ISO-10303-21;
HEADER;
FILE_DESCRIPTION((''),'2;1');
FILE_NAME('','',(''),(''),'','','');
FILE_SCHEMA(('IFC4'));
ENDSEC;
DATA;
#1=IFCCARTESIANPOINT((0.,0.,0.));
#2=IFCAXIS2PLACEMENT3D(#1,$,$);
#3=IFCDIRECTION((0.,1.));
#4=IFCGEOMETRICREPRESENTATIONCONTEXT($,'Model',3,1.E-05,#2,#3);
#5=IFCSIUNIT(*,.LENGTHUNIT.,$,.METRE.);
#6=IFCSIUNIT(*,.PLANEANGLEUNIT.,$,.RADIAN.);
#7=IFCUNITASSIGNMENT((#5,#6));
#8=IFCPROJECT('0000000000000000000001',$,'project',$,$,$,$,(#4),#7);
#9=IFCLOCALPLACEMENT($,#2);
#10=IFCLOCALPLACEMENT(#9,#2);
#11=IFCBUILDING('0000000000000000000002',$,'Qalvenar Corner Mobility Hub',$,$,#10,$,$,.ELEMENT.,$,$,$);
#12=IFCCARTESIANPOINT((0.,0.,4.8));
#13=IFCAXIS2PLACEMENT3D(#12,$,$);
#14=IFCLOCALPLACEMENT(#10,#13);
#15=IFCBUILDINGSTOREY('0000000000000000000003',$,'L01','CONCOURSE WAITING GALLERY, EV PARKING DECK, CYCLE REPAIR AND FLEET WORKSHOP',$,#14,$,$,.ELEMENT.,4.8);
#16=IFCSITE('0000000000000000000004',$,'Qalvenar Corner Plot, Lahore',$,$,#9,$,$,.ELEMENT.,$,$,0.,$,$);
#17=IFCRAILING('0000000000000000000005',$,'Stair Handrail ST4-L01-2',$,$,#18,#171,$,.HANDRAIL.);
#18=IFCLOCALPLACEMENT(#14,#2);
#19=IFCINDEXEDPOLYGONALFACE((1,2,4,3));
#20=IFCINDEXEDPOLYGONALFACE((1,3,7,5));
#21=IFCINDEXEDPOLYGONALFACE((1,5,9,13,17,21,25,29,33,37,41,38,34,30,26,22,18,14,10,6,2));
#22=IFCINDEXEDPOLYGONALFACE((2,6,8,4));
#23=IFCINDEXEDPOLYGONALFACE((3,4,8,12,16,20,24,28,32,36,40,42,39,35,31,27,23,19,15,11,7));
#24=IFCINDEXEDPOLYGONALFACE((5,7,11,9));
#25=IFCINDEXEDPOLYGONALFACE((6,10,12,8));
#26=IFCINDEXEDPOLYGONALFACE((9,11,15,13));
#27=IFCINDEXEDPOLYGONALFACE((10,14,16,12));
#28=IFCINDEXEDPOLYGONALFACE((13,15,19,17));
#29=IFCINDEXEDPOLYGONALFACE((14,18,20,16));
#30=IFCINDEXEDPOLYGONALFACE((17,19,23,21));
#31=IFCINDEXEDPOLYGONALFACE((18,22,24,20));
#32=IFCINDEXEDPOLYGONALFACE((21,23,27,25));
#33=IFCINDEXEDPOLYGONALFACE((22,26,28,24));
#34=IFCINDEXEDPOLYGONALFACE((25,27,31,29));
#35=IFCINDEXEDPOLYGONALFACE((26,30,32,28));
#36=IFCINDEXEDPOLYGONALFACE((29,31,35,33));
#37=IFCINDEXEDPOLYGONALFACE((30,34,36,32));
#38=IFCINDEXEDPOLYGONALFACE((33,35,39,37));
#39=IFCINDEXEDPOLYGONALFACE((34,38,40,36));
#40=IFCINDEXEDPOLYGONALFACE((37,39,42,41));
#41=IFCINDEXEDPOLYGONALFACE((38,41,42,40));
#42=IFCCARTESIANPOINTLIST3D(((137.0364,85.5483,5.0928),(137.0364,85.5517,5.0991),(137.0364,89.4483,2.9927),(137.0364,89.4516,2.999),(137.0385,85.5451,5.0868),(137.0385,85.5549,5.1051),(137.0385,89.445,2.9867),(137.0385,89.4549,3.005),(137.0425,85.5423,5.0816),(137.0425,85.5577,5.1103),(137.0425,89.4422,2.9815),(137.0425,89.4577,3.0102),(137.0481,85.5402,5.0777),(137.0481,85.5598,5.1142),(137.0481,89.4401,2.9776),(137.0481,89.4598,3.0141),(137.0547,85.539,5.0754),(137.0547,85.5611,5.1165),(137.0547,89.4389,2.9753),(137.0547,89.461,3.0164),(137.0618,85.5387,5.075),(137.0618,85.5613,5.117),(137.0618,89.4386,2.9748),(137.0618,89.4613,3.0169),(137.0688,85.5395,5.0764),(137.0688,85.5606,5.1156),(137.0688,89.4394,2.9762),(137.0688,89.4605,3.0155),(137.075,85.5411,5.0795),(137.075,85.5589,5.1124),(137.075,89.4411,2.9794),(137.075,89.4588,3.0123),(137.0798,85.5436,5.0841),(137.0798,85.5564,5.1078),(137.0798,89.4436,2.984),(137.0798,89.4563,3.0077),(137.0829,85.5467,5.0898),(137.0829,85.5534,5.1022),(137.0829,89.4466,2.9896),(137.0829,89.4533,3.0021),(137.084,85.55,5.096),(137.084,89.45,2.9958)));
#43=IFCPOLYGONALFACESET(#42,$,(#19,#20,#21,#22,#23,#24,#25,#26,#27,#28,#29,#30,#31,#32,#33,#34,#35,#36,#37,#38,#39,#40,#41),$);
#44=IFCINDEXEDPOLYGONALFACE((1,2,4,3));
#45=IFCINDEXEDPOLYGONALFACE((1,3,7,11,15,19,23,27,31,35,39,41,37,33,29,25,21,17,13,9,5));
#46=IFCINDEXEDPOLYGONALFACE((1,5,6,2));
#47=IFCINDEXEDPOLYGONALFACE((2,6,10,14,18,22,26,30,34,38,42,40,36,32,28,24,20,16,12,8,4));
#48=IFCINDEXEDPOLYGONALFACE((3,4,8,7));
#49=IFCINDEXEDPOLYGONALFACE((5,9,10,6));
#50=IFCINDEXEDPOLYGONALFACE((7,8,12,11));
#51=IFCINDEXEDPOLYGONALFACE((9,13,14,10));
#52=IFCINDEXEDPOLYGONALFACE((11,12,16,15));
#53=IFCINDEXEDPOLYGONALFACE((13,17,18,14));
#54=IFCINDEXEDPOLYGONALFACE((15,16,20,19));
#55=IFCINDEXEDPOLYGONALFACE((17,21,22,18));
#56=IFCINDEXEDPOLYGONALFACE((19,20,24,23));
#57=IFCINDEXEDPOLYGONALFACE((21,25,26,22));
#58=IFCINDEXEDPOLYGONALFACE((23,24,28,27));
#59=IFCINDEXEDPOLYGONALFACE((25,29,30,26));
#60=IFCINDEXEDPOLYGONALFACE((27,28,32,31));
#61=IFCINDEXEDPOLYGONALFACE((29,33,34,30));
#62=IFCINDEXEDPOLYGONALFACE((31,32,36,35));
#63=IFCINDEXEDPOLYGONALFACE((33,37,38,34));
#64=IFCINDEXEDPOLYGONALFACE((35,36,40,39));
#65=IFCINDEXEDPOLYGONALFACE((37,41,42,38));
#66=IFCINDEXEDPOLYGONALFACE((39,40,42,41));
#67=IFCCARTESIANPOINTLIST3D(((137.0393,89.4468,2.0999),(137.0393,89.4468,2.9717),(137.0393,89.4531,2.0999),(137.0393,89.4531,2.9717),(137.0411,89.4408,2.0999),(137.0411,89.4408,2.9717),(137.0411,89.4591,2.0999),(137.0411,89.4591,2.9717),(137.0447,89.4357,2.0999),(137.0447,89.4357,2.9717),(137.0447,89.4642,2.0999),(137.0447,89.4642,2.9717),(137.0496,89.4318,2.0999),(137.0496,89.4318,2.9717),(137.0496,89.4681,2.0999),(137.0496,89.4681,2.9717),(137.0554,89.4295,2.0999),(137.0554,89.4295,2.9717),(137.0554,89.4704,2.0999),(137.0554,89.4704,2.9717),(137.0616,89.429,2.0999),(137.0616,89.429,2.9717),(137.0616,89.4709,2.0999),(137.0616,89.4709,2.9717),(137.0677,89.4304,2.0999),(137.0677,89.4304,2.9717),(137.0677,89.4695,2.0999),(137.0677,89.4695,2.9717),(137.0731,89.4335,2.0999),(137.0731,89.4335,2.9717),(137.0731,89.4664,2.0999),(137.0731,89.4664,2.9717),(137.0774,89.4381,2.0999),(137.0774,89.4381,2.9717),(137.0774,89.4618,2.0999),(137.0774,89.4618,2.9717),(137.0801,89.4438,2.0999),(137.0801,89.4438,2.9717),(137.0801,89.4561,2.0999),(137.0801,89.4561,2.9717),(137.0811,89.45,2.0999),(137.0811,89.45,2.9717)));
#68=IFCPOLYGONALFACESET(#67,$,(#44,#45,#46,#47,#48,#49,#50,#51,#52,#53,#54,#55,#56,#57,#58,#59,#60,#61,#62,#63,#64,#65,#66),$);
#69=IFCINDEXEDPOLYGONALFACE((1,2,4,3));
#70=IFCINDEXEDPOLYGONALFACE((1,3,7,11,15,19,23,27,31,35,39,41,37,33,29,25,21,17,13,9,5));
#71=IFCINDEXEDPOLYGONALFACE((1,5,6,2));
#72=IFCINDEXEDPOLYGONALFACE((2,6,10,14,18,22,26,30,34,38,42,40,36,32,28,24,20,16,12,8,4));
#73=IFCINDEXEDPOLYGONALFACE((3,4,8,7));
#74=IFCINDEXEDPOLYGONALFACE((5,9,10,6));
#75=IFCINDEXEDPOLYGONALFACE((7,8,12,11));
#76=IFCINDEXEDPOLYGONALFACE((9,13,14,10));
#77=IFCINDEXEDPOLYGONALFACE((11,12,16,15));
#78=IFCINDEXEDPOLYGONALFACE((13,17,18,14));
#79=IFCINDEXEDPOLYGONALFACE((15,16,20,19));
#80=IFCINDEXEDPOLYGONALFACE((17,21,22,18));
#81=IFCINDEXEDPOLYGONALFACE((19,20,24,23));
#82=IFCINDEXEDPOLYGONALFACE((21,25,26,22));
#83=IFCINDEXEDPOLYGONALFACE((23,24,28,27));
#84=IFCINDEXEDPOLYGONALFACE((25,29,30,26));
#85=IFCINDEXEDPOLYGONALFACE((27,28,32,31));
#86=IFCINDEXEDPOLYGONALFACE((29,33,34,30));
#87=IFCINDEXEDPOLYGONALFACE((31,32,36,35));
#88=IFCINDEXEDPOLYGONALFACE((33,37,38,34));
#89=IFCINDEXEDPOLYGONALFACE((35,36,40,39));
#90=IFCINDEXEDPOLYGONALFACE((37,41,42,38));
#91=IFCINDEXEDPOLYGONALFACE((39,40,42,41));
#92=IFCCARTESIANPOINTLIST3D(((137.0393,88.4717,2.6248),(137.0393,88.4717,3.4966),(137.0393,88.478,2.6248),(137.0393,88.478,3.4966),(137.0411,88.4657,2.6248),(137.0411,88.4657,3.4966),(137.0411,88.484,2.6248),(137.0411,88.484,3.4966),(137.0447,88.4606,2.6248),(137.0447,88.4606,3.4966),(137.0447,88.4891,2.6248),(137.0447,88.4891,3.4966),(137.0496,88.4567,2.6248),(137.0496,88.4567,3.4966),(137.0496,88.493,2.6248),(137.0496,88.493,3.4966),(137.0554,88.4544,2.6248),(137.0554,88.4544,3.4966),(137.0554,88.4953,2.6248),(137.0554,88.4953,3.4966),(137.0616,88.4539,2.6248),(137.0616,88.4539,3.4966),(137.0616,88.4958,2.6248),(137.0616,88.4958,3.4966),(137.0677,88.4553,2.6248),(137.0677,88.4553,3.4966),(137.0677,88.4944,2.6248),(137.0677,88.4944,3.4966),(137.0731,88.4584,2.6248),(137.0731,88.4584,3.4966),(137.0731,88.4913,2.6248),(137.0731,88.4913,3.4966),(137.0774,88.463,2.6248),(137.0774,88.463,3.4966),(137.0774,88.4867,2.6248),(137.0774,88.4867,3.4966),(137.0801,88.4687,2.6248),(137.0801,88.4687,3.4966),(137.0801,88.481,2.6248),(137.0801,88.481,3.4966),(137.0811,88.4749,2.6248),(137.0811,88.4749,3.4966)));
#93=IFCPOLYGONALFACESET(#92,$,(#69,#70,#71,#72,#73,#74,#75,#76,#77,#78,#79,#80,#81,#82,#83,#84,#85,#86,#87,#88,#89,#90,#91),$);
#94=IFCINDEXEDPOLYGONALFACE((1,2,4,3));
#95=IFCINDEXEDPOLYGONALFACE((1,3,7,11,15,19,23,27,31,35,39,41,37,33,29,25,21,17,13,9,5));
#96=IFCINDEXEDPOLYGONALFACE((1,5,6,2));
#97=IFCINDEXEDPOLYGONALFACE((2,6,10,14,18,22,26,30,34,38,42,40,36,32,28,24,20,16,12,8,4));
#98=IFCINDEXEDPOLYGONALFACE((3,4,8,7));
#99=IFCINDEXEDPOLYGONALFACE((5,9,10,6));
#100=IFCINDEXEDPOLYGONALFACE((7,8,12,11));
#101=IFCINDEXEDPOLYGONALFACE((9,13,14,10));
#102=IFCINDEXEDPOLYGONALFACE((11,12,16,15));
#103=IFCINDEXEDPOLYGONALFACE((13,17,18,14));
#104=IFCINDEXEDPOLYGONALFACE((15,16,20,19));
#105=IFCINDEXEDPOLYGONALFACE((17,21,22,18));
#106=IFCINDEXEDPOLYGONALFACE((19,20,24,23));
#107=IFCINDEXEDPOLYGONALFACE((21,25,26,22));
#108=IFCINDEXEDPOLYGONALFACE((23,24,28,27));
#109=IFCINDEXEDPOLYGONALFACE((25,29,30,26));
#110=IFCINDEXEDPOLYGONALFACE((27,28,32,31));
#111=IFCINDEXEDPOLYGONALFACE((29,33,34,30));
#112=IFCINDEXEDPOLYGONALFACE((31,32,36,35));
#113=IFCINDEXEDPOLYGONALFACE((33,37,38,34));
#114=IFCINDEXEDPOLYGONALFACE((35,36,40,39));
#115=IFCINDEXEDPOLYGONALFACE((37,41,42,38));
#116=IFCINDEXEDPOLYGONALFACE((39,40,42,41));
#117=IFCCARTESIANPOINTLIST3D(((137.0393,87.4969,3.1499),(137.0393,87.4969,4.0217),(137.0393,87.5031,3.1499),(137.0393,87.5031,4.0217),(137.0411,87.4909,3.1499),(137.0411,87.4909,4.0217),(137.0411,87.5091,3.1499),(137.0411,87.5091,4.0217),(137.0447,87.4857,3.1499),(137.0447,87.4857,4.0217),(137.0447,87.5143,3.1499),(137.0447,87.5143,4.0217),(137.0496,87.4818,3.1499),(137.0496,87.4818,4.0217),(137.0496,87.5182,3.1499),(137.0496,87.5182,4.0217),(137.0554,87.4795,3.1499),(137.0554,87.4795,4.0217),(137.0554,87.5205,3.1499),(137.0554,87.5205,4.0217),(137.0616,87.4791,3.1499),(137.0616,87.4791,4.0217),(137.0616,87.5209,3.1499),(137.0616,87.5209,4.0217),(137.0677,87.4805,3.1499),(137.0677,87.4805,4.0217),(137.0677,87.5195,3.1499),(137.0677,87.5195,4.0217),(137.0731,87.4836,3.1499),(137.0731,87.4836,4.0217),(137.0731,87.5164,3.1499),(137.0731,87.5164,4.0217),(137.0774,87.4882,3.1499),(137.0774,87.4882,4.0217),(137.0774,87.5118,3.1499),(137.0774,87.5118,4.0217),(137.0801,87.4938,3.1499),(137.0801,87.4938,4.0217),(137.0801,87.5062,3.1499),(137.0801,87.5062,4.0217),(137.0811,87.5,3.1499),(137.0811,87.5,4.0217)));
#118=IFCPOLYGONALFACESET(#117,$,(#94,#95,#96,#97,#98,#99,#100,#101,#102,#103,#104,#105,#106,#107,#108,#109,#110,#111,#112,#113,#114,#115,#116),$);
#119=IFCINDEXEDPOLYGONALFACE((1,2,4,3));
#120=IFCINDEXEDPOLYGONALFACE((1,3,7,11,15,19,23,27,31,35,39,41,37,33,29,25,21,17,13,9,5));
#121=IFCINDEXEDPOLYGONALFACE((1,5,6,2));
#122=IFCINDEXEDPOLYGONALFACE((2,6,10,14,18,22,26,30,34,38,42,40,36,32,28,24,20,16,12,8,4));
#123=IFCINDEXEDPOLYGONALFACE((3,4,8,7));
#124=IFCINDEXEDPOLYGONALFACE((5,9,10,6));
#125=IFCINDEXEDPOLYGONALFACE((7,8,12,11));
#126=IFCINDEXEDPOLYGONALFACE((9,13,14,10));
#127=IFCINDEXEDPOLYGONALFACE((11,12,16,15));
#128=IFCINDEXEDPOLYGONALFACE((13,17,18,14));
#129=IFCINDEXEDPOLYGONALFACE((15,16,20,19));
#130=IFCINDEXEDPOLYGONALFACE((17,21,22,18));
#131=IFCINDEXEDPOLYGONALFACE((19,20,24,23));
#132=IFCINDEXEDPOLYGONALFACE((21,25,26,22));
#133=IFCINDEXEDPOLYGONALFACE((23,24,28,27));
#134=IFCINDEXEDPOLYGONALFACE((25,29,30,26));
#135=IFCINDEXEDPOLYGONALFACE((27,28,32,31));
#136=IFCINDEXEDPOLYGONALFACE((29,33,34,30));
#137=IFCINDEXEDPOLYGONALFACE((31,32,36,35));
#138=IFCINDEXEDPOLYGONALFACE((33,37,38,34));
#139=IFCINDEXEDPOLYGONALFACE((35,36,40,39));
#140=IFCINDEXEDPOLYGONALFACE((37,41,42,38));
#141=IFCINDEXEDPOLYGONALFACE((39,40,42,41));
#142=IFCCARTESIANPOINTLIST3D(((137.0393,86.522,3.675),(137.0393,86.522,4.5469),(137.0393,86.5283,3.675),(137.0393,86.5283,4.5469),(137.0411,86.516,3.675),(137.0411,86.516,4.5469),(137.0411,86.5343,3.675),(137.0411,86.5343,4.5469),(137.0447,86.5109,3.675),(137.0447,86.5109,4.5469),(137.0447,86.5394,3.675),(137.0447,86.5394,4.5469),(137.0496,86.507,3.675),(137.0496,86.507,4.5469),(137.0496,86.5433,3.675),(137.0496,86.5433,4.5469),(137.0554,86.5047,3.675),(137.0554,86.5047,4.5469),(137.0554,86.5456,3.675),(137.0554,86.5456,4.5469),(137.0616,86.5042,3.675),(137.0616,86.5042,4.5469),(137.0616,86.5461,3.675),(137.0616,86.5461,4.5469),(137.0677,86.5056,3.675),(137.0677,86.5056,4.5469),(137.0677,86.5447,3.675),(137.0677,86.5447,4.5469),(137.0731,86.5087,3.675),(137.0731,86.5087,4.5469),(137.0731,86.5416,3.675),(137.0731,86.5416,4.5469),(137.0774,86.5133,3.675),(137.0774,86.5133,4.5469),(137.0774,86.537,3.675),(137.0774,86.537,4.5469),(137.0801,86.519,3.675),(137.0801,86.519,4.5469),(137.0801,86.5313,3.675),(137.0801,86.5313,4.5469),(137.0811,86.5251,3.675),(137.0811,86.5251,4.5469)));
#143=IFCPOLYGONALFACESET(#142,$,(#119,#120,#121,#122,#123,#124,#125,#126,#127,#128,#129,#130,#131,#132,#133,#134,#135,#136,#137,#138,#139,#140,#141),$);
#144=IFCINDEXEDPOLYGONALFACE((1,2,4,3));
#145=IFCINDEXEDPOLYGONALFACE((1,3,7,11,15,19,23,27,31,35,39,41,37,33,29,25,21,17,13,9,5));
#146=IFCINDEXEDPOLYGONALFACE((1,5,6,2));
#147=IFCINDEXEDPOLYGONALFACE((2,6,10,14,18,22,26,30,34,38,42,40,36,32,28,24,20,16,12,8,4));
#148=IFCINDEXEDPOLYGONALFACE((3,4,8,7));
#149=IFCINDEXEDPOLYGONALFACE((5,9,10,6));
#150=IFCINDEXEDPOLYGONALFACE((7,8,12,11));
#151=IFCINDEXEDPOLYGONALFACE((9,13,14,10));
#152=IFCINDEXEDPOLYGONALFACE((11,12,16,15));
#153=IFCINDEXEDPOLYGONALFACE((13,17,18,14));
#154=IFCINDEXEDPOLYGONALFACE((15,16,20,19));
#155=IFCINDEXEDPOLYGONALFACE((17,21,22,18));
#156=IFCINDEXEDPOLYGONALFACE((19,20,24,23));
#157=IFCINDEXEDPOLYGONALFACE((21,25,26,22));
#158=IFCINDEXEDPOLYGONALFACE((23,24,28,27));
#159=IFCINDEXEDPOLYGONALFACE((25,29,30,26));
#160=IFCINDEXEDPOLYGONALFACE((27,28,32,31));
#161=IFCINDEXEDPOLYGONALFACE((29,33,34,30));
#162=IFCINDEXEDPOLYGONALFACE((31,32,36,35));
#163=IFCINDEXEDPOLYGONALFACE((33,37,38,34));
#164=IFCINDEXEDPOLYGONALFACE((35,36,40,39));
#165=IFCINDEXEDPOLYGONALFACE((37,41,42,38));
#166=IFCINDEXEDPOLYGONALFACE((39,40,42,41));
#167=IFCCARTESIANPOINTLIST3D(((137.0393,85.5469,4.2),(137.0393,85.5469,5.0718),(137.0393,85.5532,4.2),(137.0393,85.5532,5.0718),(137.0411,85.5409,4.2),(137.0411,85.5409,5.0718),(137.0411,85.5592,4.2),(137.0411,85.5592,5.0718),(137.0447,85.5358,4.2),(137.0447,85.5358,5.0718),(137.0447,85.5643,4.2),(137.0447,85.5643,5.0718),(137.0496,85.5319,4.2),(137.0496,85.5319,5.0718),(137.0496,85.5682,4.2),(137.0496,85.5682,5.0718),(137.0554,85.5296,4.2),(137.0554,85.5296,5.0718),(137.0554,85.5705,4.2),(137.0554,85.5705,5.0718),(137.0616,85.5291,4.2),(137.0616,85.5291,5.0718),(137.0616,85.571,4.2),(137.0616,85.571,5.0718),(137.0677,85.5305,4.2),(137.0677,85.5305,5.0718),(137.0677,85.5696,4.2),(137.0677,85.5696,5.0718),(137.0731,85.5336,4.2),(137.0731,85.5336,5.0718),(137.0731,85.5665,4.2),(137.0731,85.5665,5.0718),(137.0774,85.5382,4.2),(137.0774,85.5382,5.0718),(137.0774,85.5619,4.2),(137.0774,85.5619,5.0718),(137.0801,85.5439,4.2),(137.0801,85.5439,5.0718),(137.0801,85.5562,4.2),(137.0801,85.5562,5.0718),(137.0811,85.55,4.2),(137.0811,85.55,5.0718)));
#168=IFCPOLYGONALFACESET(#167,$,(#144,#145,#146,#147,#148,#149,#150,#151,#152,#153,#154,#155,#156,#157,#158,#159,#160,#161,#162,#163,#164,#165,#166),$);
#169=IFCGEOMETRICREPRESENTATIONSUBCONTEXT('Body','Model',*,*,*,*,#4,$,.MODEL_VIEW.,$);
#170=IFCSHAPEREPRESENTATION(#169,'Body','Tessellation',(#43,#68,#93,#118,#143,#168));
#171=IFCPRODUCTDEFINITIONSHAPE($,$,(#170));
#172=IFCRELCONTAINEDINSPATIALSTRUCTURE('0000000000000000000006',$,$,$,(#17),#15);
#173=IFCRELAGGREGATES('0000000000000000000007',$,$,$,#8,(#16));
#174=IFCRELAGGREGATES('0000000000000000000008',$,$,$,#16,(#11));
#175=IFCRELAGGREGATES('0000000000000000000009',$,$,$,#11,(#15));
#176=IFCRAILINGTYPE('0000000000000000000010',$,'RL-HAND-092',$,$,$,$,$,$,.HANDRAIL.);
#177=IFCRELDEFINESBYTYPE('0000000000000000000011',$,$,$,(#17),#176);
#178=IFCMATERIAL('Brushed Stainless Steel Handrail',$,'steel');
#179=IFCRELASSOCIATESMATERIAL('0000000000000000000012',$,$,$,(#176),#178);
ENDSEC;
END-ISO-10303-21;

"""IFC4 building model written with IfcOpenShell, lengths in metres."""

from ifc_helpers import new_model, si_unit, direction, frame, origin, origin_2d, place, context, subcontext, project, spatial, circle, extrude, material, type_object, element, save


model = new_model("IFC4")

# Units and contexts
model_context = context("Model", 3, precision=1e-05, world=origin(), true_north=direction((0.0, 1.0)))
body_context = subcontext(model_context, "Body", "Model", "MODEL_VIEW")
ifc_project = project(units=[si_unit("LENGTHUNIT", "METRE"), si_unit("PLANEANGLEUNIT", "RADIAN")], contexts=[model_context])

# Site, building, storey
site_placement = place(None, origin())
site = spatial("IfcSite", under=ifc_project, at=site_placement, Name="Qalvenar Corner Plot, Lahore", CompositionType="ELEMENT", RefElevation=0.0)
building_placement = place(site_placement, origin())
building = spatial("IfcBuilding", under=site, at=building_placement, Name="Qalvenar Corner Mobility Hub", CompositionType="ELEMENT")
storey_placement = place(building_placement, frame((0.0, 0.0, 4.8)))
storey = spatial("IfcBuildingStorey", under=building, at=storey_placement, Name="L01", Description="CONCOURSE WAITING GALLERY, EV PARKING DECK, CYCLE REPAIR AND FLEET WORKSHOP", CompositionType="ELEMENT", Elevation=4.8)

# Railing
ifc_material_1 = material(Name="Brushed Stainless Steel Handrail", Category="steel")
railing_type_1 = type_object("IfcRailingType", Name="RL-HAND-092", PredefinedType="HANDRAIL", material=ifc_material_1)
railing_1_placement = place(storey_placement, frame((137.0601, 89.45, 2.0999)))
element("IfcRailing", 1, at=railing_1_placement, inside=storey, type_object=railing_type_1, Name="Stair Handrail ST4-L01-2", PredefinedType="HANDRAIL", context=body_context, shape_type="SweptSolid", body=[
    extrude(circle(Radius=0.0239, at=origin_2d()), frame((0.0, 0.0, 0.896), z_axis=(0.0, -0.880457, 0.474126), x_axis=(1.0, 0.0, 0.0)), (0.0, 0.0, 1.0), 4.4294),
    extrude(circle(Radius=0.021, at=origin_2d()), origin(), (0.0, 0.0, 1.0), 0.8718),
    extrude(circle(Radius=0.021, at=origin_2d()), frame((0.0, -0.9751, 0.5249)), (0.0, 0.0, 1.0), 0.8718),
    extrude(circle(Radius=0.021, at=origin_2d()), frame((0.0, -1.95, 1.05)), (0.0, 0.0, 1.0), 0.8718),
    extrude(circle(Radius=0.021, at=origin_2d()), frame((0.0, -2.9248, 1.5752)), (0.0, 0.0, 1.0), 0.8718),
    extrude(circle(Radius=0.021, at=origin_2d()), frame((0.0, -3.8999, 2.1001)), (0.0, 0.0, 1.0), 0.8718),
])

save(model, "model.ifc")
